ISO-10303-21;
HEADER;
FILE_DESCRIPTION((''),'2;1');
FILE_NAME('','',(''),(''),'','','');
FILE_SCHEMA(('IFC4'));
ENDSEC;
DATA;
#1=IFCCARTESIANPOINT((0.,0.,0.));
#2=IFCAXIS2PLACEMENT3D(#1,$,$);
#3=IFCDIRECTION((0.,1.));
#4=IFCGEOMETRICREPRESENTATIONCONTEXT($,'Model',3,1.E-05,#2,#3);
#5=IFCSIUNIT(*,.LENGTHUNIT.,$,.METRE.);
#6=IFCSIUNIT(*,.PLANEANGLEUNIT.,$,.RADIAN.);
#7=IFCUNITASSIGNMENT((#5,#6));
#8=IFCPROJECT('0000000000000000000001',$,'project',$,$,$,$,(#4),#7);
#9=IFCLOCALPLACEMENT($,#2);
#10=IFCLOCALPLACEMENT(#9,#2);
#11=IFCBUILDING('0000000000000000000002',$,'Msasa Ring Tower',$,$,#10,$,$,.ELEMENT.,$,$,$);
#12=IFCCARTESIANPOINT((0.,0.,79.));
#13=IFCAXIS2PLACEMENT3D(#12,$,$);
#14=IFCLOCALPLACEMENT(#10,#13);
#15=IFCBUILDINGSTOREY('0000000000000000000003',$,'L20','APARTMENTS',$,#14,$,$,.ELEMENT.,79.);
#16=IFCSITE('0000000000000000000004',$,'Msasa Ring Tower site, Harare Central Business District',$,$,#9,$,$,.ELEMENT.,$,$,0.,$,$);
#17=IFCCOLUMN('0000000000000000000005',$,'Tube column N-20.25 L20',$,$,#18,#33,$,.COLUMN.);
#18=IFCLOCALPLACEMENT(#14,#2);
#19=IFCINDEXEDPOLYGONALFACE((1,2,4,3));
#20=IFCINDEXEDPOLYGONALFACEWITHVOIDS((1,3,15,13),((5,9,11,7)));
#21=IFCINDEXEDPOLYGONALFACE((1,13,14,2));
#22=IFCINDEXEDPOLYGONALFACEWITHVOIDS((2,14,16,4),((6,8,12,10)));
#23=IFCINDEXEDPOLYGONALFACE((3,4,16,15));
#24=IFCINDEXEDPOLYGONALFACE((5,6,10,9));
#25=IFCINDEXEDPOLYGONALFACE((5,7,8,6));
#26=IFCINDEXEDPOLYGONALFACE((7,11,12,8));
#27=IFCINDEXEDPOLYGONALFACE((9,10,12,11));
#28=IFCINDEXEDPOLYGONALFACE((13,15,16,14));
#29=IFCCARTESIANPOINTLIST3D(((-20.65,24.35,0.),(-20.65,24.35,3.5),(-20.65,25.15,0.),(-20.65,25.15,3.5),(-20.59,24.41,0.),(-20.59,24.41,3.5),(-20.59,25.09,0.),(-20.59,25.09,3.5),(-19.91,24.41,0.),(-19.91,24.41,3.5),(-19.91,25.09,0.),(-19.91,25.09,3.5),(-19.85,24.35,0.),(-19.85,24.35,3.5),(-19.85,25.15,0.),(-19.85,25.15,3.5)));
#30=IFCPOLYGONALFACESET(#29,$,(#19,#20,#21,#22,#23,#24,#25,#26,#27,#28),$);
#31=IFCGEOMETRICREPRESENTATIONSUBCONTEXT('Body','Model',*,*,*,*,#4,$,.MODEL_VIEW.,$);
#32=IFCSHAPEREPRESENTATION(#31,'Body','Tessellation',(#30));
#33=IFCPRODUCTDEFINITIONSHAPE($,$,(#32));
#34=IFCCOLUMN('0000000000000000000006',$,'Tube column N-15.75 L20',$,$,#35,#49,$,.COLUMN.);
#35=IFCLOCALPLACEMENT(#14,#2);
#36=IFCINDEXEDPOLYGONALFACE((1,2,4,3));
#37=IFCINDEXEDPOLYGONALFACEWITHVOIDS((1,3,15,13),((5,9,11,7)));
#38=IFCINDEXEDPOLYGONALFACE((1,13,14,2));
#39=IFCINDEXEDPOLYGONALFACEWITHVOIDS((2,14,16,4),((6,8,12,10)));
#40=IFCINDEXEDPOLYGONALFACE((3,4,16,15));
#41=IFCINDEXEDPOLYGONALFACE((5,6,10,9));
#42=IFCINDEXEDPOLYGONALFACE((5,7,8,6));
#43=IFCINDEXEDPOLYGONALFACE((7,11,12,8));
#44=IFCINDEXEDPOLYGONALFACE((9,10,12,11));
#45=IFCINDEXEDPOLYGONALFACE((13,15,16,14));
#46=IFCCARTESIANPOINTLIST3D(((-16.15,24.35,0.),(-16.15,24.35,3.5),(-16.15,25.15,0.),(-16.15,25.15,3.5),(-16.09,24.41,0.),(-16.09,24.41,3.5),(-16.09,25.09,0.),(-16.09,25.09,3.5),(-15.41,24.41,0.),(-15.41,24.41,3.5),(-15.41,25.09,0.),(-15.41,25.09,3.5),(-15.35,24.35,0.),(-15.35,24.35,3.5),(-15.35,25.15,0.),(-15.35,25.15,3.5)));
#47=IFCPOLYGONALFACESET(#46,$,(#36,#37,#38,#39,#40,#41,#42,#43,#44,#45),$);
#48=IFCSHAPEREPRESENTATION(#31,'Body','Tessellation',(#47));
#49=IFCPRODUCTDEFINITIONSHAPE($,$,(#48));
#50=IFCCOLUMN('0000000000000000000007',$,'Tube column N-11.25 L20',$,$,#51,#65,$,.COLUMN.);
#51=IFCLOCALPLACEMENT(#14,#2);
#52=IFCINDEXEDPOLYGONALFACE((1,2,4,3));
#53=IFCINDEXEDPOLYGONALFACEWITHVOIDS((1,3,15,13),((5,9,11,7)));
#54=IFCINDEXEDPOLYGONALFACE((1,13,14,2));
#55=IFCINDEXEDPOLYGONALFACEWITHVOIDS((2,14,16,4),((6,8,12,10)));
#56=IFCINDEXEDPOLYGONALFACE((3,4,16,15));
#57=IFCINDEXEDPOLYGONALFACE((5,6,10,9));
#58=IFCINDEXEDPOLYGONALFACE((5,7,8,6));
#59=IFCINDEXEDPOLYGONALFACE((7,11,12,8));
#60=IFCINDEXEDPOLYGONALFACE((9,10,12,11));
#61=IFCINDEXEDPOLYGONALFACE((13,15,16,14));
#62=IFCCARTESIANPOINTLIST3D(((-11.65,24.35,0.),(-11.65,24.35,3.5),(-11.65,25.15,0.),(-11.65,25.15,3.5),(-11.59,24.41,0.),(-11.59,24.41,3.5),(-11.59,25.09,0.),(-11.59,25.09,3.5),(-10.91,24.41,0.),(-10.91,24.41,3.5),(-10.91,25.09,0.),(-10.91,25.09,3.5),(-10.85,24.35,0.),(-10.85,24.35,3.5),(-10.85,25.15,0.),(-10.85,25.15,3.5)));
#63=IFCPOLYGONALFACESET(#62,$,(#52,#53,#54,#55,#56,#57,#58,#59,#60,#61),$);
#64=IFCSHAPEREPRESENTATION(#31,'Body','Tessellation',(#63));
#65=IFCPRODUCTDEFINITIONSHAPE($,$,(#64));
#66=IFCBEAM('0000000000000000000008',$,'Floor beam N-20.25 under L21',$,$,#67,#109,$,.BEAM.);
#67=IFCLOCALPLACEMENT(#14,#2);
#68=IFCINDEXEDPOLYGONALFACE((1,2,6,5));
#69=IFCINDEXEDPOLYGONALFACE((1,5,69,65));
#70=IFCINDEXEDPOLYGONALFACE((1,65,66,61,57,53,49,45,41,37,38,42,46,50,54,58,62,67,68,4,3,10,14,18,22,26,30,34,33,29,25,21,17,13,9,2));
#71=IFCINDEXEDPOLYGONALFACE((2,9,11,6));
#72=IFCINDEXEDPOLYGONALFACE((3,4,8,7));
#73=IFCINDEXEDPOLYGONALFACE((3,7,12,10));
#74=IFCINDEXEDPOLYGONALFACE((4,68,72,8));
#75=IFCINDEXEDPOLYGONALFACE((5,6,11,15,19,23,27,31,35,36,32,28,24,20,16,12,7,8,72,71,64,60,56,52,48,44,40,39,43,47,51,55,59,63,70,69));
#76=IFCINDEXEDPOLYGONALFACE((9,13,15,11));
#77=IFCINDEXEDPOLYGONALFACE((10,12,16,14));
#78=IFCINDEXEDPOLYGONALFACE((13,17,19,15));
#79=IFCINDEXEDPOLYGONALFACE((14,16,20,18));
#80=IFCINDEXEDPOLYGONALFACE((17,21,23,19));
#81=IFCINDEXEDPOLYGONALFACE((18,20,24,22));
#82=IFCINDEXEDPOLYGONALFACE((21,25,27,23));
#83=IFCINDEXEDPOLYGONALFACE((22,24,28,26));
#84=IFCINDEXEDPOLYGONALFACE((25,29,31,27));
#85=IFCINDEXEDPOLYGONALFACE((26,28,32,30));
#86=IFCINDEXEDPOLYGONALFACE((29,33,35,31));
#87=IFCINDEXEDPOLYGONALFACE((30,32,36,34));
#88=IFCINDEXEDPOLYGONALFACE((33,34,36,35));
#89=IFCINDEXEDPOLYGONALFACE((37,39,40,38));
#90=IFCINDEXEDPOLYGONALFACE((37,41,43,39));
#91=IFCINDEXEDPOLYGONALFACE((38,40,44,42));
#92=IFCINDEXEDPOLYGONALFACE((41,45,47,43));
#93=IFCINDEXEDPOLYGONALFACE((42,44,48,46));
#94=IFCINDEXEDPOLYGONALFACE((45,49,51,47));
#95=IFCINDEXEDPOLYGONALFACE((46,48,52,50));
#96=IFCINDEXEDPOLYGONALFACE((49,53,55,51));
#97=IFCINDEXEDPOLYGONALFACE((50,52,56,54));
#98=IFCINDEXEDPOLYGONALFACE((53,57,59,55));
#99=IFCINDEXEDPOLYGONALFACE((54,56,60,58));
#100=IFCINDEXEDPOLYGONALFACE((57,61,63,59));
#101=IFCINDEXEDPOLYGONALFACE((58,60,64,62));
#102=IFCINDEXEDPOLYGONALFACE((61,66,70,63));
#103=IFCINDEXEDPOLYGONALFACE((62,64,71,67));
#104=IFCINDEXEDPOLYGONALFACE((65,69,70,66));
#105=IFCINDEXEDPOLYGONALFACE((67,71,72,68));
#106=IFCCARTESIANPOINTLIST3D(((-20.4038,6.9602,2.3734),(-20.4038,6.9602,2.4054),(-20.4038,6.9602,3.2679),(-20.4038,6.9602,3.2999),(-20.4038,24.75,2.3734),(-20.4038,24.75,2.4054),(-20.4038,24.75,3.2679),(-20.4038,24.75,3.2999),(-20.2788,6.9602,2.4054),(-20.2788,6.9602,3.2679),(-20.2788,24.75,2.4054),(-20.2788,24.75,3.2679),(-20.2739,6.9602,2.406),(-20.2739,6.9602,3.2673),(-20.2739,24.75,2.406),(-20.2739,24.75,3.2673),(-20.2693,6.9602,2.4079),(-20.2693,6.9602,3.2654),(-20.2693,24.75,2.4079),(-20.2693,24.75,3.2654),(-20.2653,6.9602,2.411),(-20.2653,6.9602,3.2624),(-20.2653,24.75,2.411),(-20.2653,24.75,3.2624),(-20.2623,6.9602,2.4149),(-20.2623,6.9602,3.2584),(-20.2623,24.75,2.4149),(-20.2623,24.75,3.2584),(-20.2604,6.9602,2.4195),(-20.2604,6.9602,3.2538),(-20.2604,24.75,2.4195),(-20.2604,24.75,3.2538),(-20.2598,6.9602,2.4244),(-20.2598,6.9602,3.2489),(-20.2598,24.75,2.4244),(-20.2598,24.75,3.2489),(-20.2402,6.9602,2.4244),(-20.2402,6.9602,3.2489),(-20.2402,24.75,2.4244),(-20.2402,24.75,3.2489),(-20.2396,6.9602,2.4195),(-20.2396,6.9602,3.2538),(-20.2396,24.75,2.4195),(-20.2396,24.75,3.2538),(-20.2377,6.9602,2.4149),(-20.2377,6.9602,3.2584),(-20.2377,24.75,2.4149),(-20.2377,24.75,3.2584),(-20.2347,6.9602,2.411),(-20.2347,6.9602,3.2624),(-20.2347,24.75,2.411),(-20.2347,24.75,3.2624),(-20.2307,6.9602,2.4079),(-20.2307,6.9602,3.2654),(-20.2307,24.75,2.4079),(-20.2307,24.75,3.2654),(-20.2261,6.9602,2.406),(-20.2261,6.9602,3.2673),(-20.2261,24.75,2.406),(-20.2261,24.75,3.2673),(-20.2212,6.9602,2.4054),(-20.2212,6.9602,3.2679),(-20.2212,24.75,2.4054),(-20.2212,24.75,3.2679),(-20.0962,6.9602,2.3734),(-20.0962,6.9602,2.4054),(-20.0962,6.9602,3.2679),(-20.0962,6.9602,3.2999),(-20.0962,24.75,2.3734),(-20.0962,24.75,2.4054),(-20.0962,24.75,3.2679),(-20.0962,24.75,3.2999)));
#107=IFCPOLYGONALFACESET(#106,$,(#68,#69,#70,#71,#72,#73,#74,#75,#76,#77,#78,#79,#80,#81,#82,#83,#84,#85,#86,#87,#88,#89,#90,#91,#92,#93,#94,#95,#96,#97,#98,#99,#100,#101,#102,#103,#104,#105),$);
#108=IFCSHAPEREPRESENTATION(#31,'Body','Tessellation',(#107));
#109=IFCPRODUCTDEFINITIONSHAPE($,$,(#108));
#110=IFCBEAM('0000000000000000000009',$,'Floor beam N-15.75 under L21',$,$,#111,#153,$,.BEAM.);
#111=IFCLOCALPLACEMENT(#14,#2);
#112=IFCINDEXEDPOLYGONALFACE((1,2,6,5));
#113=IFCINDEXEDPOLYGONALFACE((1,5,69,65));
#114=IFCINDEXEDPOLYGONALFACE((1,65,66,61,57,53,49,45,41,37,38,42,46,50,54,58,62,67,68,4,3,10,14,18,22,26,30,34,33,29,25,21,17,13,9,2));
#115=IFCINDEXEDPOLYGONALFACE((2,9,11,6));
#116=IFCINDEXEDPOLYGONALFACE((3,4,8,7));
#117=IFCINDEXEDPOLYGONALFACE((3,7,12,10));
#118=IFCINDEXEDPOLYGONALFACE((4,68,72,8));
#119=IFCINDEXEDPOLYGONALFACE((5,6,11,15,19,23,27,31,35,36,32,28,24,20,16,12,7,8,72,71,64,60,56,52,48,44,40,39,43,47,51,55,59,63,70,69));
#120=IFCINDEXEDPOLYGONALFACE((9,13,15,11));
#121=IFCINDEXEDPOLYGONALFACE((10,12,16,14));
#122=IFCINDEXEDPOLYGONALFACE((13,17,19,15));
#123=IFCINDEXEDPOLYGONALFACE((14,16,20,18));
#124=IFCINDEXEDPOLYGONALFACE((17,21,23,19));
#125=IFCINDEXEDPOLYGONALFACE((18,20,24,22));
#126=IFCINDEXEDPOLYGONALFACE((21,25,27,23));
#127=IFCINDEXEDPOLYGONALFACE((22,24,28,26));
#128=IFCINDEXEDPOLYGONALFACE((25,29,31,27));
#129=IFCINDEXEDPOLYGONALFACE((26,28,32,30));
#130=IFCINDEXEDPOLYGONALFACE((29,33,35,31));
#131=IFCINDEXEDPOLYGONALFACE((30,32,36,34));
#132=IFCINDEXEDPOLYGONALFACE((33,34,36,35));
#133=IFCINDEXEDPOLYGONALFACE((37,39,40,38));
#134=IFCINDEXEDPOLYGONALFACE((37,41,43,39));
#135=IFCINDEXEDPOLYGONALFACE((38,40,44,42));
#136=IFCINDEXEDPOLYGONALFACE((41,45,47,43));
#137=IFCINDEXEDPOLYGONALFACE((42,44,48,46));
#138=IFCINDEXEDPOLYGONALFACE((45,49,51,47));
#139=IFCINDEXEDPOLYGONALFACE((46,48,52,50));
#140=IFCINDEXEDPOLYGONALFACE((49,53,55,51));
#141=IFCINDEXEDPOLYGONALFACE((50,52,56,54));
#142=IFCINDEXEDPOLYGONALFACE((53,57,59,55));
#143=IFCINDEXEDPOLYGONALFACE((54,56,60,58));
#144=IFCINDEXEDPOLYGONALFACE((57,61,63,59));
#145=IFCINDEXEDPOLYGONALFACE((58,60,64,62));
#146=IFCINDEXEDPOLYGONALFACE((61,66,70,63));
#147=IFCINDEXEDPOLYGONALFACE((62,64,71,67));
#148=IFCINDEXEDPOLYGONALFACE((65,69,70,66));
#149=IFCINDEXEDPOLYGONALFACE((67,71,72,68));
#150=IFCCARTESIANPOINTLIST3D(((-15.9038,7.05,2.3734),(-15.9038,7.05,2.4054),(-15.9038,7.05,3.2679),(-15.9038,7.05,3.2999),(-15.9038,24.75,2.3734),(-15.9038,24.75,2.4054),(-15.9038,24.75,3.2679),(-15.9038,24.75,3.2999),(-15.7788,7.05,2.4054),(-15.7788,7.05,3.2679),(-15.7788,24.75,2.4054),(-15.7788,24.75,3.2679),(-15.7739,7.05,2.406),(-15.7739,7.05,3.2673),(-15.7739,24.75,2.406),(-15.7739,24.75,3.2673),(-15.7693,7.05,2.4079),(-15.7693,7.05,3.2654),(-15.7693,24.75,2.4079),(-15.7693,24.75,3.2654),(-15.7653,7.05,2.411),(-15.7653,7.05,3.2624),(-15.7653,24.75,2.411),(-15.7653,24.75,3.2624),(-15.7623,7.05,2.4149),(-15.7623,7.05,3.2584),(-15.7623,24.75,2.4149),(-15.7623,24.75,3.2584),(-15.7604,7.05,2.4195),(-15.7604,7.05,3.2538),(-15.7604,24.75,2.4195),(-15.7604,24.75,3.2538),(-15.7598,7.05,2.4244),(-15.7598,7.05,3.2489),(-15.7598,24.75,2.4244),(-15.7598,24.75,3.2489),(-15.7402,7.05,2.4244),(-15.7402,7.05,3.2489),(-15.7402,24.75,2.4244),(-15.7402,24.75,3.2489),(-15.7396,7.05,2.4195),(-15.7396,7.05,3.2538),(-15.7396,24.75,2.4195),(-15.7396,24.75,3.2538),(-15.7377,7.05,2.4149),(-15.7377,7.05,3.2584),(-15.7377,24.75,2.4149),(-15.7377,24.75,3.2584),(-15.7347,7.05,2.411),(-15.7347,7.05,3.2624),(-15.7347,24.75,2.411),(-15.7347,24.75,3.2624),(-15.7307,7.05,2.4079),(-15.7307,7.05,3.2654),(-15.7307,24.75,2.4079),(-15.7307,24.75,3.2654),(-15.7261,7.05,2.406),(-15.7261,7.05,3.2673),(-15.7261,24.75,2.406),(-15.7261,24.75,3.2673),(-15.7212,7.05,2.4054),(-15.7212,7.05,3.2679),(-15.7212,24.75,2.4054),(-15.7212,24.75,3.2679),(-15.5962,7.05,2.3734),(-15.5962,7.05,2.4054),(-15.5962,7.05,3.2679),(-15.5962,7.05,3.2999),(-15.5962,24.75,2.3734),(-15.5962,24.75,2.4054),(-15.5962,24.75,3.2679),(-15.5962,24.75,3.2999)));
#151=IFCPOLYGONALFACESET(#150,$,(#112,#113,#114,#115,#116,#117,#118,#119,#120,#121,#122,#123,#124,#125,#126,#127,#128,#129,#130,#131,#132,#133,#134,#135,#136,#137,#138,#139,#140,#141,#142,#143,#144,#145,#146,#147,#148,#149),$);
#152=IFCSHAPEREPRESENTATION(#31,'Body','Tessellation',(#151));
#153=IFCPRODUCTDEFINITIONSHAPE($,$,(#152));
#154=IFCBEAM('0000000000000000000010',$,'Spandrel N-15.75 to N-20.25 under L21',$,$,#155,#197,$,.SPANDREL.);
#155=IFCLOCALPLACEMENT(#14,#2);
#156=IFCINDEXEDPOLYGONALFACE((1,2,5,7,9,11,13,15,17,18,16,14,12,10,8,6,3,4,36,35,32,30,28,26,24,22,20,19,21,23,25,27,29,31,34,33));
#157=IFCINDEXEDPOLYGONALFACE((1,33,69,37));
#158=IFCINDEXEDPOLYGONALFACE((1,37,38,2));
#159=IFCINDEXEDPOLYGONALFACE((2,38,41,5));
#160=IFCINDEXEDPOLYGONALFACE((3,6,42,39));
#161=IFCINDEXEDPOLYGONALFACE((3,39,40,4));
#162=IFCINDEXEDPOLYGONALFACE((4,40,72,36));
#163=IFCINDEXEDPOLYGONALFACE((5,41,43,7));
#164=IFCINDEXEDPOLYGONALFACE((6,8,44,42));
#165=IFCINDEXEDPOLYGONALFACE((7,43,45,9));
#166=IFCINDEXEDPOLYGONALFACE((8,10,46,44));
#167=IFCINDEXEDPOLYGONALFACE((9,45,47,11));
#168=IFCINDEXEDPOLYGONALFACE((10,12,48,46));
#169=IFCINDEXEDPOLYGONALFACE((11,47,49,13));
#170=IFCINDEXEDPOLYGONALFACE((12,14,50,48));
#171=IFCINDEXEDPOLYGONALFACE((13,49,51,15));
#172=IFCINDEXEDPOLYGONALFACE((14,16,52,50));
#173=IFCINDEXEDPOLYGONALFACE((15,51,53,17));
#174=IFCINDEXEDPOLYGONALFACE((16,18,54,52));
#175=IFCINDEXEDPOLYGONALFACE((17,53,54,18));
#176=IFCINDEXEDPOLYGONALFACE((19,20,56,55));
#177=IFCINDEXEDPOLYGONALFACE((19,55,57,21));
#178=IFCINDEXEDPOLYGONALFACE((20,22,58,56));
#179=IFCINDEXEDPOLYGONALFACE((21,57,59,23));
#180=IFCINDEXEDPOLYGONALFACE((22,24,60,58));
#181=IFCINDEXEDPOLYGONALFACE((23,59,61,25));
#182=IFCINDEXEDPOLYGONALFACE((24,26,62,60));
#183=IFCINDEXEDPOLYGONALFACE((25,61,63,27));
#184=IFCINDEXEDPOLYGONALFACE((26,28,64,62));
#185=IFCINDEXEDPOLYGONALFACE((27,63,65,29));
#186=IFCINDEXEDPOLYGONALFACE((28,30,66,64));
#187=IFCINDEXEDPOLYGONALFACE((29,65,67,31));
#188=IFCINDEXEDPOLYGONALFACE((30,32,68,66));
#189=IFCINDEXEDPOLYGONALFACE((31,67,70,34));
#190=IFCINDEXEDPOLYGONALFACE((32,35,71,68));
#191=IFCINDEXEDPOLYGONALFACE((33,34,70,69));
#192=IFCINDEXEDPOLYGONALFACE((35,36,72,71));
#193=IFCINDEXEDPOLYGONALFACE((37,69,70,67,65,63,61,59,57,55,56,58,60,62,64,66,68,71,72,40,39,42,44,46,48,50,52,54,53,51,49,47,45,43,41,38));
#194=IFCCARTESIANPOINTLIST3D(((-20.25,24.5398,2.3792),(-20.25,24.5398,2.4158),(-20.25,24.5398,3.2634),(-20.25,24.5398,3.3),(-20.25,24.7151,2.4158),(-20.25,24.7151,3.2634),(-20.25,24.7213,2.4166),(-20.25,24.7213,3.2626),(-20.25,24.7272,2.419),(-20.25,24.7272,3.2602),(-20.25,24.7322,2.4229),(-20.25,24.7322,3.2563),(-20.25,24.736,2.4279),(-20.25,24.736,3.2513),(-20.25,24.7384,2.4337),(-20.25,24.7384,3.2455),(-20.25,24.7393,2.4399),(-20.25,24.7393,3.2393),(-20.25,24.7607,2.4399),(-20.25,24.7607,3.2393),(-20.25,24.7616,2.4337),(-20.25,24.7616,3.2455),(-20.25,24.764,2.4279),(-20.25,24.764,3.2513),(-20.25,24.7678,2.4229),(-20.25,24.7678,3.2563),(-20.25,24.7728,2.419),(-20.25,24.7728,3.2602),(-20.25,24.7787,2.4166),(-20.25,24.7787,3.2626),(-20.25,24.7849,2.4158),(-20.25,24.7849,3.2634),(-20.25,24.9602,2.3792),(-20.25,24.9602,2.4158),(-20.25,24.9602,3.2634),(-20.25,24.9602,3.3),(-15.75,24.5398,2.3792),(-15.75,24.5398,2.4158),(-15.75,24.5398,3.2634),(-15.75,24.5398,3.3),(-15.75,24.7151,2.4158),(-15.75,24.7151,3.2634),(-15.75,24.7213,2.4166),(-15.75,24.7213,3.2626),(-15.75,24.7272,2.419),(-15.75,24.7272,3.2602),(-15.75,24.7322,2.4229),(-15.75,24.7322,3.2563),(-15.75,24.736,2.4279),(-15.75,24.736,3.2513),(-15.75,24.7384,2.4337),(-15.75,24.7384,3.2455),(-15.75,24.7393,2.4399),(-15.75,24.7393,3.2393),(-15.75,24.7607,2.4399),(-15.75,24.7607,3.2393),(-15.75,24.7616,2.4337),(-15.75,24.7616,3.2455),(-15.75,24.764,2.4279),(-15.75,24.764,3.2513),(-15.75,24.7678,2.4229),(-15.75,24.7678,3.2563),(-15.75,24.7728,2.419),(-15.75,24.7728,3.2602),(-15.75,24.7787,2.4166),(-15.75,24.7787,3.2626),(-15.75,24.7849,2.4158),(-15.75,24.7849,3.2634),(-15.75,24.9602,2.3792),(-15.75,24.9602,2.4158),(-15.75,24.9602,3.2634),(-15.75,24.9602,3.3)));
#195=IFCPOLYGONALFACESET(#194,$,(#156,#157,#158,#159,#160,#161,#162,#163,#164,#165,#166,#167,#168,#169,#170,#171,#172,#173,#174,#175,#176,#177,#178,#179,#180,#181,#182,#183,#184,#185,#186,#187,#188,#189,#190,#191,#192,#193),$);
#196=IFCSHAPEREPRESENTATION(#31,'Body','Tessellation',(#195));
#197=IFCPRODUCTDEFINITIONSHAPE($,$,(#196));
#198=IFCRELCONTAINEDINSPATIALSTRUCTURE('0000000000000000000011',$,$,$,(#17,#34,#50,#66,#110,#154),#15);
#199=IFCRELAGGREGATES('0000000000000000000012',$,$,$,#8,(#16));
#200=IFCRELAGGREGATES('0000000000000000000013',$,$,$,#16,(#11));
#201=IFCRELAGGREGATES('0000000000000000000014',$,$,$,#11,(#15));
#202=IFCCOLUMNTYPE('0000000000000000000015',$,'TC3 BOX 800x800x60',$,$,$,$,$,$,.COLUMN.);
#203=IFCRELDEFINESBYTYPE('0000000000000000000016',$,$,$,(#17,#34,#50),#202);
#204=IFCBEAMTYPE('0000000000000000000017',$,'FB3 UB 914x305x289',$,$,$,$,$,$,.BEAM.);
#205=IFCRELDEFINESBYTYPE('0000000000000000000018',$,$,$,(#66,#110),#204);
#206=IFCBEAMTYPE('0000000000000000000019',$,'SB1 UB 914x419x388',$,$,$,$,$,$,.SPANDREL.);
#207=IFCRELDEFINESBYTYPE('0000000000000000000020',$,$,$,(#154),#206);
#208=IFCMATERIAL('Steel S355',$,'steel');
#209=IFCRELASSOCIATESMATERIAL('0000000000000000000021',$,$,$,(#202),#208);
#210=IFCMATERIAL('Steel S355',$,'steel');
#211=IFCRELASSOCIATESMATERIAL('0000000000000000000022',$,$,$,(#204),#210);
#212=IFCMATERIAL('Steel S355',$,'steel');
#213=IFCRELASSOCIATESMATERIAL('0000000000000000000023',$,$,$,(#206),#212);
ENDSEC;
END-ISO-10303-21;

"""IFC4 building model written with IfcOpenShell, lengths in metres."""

from ifc_helpers import new_model, si_unit, direction, frame, origin, origin_2d, place, context, subcontext, project, spatial, hollow_rectangle, i_section, extrude, material, material_profile, profile_set, type_object, element, save


model = new_model("IFC4")

# Units and contexts
model_context = context("Model", 3, precision=1e-05, world=origin(), true_north=direction((0.0, 1.0)))
body_context = subcontext(model_context, "Body", "Model", "MODEL_VIEW")
ifc_project = project(units=[si_unit("LENGTHUNIT", "METRE"), si_unit("PLANEANGLEUNIT", "RADIAN")], contexts=[model_context])

# Site, building, storey
site_placement = place(None, origin())
site = spatial("IfcSite", under=ifc_project, at=site_placement, Name="Msasa Ring Tower site, Harare Central Business District", CompositionType="ELEMENT", RefElevation=0.0)
building_placement = place(site_placement, origin())
building = spatial("IfcBuilding", under=site, at=building_placement, Name="Msasa Ring Tower", CompositionType="ELEMENT")
storey_placement = place(building_placement, frame((0.0, 0.0, 79.0)))
storey = spatial("IfcBuildingStorey", under=building, at=storey_placement, Name="L20", Description="APARTMENTS", CompositionType="ELEMENT", Elevation=79.0)

# Columns
ifc_material_1 = material(Name="Steel S355", Category="steel")
ifc_material_profile_1 = material_profile(ifc_material_1, hollow_rectangle(XDim=0.8, YDim=0.8, WallThickness=0.0601, at=origin_2d()), Name="BOX 800x800x60")
ifc_profile_set_1 = profile_set([ifc_material_profile_1], Name="Steel S355")
column_type = type_object("IfcColumnType", Name="TC3 BOX 800x800x60", PredefinedType="COLUMN", material=ifc_profile_set_1)
for number, where, z_axis, x_axis, name in (
    (1, (-20.25, 24.75, 0.0), (0.0, 0.0, 1.0), (0.0, 1.0, 0.0), "Tube column N-20.25 L20"),
    (2, (-15.75, 24.75, 0.0), (0.0, 0.0, 1.0), (0.0, 1.0, 0.0), "Tube column N-15.75 L20"),
    (3, (-11.25, 24.75, 0.0), (0.0, 0.0, 1.0), (0.0, 1.0, 0.0), "Tube column N-11.25 L20"),
):
    element("IfcColumn", number, at=place(storey_placement, frame(where, z_axis=z_axis, x_axis=x_axis)), inside=storey, type_object=column_type, Name=name, PredefinedType="COLUMN", context=body_context, shape_type="SweptSolid", body=[
        extrude(hollow_rectangle(XDim=0.8, YDim=0.8, WallThickness=0.0601, at=origin_2d()), origin(), (0.0, 0.0, 1.0), 3.5),
    ])

# Beams
ifc_material_2 = material(Name="Steel S355", Category="steel")
ifc_material_profile_2 = material_profile(ifc_material_2, i_section(OverallWidth=0.3076, OverallDepth=0.9265, WebThickness=0.0195, FlangeThickness=0.032, FilletRadius=0.019, at=origin_2d()), Name="UB 914x305x289")
ifc_profile_set_2 = profile_set([ifc_material_profile_2], Name="Steel S355")
beam_type_1 = type_object("IfcBeamType", Name="FB3 UB 914x305x289", PredefinedType="BEAM", material=ifc_profile_set_2)
beam_1_placement = place(storey_placement, frame((-20.25, 24.75, 2.8367), z_axis=(0.0, -1.0, 0.0), x_axis=(1.0, 0.0, 0.0)))
element("IfcBeam", 4, at=beam_1_placement, inside=storey, type_object=beam_type_1, Name="Floor beam N-20.25 under L21", PredefinedType="BEAM", context=body_context, shape_type="SweptSolid", body=[
    extrude(i_section(OverallWidth=0.3076, OverallDepth=0.9265, WebThickness=0.0195, FlangeThickness=0.032, FilletRadius=0.019, at=origin_2d()), origin(), (0.0, 0.0, 1.0), 17.7898),
])
beam_2_placement = place(storey_placement, frame((-15.75, 24.75, 2.8367), z_axis=(0.0, -1.0, 0.0), x_axis=(1.0, 0.0, 0.0)))
element("IfcBeam", 5, at=beam_2_placement, inside=storey, type_object=beam_type_1, Name="Floor beam N-15.75 under L21", PredefinedType="BEAM", context=body_context, shape_type="SweptSolid", body=[
    extrude(i_section(OverallWidth=0.3076, OverallDepth=0.9265, WebThickness=0.0195, FlangeThickness=0.032, FilletRadius=0.019, at=origin_2d()), origin(), (0.0, 0.0, 1.0), 17.7),
])
ifc_material_3 = material(Name="Steel S355", Category="steel")
ifc_material_profile_3 = material_profile(ifc_material_3, i_section(OverallWidth=0.4204, OverallDepth=0.9209, WebThickness=0.0215, FlangeThickness=0.0366, FilletRadius=0.0242, at=origin_2d()), Name="UB 914x419x388")
ifc_profile_set_3 = profile_set([ifc_material_profile_3], Name="Steel S355")
beam_type_2 = type_object("IfcBeamType", Name="SB1 UB 914x419x388", PredefinedType="SPANDREL", material=ifc_profile_set_3)
beam_3_placement = place(storey_placement, frame((-15.75, 24.75, 2.8396), z_axis=(-1.0, 0.0, 0.0), x_axis=(0.0, -1.0, 0.0)))
element("IfcBeam", 6, at=beam_3_placement, inside=storey, type_object=beam_type_2, Name="Spandrel N-15.75 to N-20.25 under L21", PredefinedType="SPANDREL", context=body_context, shape_type="SweptSolid", body=[
    extrude(i_section(OverallWidth=0.4204, OverallDepth=0.9209, WebThickness=0.0215, FlangeThickness=0.0366, FilletRadius=0.0242, at=origin_2d()), origin(), (0.0, 0.0, 1.0), 4.5),
])

save(model, "model.ifc")
